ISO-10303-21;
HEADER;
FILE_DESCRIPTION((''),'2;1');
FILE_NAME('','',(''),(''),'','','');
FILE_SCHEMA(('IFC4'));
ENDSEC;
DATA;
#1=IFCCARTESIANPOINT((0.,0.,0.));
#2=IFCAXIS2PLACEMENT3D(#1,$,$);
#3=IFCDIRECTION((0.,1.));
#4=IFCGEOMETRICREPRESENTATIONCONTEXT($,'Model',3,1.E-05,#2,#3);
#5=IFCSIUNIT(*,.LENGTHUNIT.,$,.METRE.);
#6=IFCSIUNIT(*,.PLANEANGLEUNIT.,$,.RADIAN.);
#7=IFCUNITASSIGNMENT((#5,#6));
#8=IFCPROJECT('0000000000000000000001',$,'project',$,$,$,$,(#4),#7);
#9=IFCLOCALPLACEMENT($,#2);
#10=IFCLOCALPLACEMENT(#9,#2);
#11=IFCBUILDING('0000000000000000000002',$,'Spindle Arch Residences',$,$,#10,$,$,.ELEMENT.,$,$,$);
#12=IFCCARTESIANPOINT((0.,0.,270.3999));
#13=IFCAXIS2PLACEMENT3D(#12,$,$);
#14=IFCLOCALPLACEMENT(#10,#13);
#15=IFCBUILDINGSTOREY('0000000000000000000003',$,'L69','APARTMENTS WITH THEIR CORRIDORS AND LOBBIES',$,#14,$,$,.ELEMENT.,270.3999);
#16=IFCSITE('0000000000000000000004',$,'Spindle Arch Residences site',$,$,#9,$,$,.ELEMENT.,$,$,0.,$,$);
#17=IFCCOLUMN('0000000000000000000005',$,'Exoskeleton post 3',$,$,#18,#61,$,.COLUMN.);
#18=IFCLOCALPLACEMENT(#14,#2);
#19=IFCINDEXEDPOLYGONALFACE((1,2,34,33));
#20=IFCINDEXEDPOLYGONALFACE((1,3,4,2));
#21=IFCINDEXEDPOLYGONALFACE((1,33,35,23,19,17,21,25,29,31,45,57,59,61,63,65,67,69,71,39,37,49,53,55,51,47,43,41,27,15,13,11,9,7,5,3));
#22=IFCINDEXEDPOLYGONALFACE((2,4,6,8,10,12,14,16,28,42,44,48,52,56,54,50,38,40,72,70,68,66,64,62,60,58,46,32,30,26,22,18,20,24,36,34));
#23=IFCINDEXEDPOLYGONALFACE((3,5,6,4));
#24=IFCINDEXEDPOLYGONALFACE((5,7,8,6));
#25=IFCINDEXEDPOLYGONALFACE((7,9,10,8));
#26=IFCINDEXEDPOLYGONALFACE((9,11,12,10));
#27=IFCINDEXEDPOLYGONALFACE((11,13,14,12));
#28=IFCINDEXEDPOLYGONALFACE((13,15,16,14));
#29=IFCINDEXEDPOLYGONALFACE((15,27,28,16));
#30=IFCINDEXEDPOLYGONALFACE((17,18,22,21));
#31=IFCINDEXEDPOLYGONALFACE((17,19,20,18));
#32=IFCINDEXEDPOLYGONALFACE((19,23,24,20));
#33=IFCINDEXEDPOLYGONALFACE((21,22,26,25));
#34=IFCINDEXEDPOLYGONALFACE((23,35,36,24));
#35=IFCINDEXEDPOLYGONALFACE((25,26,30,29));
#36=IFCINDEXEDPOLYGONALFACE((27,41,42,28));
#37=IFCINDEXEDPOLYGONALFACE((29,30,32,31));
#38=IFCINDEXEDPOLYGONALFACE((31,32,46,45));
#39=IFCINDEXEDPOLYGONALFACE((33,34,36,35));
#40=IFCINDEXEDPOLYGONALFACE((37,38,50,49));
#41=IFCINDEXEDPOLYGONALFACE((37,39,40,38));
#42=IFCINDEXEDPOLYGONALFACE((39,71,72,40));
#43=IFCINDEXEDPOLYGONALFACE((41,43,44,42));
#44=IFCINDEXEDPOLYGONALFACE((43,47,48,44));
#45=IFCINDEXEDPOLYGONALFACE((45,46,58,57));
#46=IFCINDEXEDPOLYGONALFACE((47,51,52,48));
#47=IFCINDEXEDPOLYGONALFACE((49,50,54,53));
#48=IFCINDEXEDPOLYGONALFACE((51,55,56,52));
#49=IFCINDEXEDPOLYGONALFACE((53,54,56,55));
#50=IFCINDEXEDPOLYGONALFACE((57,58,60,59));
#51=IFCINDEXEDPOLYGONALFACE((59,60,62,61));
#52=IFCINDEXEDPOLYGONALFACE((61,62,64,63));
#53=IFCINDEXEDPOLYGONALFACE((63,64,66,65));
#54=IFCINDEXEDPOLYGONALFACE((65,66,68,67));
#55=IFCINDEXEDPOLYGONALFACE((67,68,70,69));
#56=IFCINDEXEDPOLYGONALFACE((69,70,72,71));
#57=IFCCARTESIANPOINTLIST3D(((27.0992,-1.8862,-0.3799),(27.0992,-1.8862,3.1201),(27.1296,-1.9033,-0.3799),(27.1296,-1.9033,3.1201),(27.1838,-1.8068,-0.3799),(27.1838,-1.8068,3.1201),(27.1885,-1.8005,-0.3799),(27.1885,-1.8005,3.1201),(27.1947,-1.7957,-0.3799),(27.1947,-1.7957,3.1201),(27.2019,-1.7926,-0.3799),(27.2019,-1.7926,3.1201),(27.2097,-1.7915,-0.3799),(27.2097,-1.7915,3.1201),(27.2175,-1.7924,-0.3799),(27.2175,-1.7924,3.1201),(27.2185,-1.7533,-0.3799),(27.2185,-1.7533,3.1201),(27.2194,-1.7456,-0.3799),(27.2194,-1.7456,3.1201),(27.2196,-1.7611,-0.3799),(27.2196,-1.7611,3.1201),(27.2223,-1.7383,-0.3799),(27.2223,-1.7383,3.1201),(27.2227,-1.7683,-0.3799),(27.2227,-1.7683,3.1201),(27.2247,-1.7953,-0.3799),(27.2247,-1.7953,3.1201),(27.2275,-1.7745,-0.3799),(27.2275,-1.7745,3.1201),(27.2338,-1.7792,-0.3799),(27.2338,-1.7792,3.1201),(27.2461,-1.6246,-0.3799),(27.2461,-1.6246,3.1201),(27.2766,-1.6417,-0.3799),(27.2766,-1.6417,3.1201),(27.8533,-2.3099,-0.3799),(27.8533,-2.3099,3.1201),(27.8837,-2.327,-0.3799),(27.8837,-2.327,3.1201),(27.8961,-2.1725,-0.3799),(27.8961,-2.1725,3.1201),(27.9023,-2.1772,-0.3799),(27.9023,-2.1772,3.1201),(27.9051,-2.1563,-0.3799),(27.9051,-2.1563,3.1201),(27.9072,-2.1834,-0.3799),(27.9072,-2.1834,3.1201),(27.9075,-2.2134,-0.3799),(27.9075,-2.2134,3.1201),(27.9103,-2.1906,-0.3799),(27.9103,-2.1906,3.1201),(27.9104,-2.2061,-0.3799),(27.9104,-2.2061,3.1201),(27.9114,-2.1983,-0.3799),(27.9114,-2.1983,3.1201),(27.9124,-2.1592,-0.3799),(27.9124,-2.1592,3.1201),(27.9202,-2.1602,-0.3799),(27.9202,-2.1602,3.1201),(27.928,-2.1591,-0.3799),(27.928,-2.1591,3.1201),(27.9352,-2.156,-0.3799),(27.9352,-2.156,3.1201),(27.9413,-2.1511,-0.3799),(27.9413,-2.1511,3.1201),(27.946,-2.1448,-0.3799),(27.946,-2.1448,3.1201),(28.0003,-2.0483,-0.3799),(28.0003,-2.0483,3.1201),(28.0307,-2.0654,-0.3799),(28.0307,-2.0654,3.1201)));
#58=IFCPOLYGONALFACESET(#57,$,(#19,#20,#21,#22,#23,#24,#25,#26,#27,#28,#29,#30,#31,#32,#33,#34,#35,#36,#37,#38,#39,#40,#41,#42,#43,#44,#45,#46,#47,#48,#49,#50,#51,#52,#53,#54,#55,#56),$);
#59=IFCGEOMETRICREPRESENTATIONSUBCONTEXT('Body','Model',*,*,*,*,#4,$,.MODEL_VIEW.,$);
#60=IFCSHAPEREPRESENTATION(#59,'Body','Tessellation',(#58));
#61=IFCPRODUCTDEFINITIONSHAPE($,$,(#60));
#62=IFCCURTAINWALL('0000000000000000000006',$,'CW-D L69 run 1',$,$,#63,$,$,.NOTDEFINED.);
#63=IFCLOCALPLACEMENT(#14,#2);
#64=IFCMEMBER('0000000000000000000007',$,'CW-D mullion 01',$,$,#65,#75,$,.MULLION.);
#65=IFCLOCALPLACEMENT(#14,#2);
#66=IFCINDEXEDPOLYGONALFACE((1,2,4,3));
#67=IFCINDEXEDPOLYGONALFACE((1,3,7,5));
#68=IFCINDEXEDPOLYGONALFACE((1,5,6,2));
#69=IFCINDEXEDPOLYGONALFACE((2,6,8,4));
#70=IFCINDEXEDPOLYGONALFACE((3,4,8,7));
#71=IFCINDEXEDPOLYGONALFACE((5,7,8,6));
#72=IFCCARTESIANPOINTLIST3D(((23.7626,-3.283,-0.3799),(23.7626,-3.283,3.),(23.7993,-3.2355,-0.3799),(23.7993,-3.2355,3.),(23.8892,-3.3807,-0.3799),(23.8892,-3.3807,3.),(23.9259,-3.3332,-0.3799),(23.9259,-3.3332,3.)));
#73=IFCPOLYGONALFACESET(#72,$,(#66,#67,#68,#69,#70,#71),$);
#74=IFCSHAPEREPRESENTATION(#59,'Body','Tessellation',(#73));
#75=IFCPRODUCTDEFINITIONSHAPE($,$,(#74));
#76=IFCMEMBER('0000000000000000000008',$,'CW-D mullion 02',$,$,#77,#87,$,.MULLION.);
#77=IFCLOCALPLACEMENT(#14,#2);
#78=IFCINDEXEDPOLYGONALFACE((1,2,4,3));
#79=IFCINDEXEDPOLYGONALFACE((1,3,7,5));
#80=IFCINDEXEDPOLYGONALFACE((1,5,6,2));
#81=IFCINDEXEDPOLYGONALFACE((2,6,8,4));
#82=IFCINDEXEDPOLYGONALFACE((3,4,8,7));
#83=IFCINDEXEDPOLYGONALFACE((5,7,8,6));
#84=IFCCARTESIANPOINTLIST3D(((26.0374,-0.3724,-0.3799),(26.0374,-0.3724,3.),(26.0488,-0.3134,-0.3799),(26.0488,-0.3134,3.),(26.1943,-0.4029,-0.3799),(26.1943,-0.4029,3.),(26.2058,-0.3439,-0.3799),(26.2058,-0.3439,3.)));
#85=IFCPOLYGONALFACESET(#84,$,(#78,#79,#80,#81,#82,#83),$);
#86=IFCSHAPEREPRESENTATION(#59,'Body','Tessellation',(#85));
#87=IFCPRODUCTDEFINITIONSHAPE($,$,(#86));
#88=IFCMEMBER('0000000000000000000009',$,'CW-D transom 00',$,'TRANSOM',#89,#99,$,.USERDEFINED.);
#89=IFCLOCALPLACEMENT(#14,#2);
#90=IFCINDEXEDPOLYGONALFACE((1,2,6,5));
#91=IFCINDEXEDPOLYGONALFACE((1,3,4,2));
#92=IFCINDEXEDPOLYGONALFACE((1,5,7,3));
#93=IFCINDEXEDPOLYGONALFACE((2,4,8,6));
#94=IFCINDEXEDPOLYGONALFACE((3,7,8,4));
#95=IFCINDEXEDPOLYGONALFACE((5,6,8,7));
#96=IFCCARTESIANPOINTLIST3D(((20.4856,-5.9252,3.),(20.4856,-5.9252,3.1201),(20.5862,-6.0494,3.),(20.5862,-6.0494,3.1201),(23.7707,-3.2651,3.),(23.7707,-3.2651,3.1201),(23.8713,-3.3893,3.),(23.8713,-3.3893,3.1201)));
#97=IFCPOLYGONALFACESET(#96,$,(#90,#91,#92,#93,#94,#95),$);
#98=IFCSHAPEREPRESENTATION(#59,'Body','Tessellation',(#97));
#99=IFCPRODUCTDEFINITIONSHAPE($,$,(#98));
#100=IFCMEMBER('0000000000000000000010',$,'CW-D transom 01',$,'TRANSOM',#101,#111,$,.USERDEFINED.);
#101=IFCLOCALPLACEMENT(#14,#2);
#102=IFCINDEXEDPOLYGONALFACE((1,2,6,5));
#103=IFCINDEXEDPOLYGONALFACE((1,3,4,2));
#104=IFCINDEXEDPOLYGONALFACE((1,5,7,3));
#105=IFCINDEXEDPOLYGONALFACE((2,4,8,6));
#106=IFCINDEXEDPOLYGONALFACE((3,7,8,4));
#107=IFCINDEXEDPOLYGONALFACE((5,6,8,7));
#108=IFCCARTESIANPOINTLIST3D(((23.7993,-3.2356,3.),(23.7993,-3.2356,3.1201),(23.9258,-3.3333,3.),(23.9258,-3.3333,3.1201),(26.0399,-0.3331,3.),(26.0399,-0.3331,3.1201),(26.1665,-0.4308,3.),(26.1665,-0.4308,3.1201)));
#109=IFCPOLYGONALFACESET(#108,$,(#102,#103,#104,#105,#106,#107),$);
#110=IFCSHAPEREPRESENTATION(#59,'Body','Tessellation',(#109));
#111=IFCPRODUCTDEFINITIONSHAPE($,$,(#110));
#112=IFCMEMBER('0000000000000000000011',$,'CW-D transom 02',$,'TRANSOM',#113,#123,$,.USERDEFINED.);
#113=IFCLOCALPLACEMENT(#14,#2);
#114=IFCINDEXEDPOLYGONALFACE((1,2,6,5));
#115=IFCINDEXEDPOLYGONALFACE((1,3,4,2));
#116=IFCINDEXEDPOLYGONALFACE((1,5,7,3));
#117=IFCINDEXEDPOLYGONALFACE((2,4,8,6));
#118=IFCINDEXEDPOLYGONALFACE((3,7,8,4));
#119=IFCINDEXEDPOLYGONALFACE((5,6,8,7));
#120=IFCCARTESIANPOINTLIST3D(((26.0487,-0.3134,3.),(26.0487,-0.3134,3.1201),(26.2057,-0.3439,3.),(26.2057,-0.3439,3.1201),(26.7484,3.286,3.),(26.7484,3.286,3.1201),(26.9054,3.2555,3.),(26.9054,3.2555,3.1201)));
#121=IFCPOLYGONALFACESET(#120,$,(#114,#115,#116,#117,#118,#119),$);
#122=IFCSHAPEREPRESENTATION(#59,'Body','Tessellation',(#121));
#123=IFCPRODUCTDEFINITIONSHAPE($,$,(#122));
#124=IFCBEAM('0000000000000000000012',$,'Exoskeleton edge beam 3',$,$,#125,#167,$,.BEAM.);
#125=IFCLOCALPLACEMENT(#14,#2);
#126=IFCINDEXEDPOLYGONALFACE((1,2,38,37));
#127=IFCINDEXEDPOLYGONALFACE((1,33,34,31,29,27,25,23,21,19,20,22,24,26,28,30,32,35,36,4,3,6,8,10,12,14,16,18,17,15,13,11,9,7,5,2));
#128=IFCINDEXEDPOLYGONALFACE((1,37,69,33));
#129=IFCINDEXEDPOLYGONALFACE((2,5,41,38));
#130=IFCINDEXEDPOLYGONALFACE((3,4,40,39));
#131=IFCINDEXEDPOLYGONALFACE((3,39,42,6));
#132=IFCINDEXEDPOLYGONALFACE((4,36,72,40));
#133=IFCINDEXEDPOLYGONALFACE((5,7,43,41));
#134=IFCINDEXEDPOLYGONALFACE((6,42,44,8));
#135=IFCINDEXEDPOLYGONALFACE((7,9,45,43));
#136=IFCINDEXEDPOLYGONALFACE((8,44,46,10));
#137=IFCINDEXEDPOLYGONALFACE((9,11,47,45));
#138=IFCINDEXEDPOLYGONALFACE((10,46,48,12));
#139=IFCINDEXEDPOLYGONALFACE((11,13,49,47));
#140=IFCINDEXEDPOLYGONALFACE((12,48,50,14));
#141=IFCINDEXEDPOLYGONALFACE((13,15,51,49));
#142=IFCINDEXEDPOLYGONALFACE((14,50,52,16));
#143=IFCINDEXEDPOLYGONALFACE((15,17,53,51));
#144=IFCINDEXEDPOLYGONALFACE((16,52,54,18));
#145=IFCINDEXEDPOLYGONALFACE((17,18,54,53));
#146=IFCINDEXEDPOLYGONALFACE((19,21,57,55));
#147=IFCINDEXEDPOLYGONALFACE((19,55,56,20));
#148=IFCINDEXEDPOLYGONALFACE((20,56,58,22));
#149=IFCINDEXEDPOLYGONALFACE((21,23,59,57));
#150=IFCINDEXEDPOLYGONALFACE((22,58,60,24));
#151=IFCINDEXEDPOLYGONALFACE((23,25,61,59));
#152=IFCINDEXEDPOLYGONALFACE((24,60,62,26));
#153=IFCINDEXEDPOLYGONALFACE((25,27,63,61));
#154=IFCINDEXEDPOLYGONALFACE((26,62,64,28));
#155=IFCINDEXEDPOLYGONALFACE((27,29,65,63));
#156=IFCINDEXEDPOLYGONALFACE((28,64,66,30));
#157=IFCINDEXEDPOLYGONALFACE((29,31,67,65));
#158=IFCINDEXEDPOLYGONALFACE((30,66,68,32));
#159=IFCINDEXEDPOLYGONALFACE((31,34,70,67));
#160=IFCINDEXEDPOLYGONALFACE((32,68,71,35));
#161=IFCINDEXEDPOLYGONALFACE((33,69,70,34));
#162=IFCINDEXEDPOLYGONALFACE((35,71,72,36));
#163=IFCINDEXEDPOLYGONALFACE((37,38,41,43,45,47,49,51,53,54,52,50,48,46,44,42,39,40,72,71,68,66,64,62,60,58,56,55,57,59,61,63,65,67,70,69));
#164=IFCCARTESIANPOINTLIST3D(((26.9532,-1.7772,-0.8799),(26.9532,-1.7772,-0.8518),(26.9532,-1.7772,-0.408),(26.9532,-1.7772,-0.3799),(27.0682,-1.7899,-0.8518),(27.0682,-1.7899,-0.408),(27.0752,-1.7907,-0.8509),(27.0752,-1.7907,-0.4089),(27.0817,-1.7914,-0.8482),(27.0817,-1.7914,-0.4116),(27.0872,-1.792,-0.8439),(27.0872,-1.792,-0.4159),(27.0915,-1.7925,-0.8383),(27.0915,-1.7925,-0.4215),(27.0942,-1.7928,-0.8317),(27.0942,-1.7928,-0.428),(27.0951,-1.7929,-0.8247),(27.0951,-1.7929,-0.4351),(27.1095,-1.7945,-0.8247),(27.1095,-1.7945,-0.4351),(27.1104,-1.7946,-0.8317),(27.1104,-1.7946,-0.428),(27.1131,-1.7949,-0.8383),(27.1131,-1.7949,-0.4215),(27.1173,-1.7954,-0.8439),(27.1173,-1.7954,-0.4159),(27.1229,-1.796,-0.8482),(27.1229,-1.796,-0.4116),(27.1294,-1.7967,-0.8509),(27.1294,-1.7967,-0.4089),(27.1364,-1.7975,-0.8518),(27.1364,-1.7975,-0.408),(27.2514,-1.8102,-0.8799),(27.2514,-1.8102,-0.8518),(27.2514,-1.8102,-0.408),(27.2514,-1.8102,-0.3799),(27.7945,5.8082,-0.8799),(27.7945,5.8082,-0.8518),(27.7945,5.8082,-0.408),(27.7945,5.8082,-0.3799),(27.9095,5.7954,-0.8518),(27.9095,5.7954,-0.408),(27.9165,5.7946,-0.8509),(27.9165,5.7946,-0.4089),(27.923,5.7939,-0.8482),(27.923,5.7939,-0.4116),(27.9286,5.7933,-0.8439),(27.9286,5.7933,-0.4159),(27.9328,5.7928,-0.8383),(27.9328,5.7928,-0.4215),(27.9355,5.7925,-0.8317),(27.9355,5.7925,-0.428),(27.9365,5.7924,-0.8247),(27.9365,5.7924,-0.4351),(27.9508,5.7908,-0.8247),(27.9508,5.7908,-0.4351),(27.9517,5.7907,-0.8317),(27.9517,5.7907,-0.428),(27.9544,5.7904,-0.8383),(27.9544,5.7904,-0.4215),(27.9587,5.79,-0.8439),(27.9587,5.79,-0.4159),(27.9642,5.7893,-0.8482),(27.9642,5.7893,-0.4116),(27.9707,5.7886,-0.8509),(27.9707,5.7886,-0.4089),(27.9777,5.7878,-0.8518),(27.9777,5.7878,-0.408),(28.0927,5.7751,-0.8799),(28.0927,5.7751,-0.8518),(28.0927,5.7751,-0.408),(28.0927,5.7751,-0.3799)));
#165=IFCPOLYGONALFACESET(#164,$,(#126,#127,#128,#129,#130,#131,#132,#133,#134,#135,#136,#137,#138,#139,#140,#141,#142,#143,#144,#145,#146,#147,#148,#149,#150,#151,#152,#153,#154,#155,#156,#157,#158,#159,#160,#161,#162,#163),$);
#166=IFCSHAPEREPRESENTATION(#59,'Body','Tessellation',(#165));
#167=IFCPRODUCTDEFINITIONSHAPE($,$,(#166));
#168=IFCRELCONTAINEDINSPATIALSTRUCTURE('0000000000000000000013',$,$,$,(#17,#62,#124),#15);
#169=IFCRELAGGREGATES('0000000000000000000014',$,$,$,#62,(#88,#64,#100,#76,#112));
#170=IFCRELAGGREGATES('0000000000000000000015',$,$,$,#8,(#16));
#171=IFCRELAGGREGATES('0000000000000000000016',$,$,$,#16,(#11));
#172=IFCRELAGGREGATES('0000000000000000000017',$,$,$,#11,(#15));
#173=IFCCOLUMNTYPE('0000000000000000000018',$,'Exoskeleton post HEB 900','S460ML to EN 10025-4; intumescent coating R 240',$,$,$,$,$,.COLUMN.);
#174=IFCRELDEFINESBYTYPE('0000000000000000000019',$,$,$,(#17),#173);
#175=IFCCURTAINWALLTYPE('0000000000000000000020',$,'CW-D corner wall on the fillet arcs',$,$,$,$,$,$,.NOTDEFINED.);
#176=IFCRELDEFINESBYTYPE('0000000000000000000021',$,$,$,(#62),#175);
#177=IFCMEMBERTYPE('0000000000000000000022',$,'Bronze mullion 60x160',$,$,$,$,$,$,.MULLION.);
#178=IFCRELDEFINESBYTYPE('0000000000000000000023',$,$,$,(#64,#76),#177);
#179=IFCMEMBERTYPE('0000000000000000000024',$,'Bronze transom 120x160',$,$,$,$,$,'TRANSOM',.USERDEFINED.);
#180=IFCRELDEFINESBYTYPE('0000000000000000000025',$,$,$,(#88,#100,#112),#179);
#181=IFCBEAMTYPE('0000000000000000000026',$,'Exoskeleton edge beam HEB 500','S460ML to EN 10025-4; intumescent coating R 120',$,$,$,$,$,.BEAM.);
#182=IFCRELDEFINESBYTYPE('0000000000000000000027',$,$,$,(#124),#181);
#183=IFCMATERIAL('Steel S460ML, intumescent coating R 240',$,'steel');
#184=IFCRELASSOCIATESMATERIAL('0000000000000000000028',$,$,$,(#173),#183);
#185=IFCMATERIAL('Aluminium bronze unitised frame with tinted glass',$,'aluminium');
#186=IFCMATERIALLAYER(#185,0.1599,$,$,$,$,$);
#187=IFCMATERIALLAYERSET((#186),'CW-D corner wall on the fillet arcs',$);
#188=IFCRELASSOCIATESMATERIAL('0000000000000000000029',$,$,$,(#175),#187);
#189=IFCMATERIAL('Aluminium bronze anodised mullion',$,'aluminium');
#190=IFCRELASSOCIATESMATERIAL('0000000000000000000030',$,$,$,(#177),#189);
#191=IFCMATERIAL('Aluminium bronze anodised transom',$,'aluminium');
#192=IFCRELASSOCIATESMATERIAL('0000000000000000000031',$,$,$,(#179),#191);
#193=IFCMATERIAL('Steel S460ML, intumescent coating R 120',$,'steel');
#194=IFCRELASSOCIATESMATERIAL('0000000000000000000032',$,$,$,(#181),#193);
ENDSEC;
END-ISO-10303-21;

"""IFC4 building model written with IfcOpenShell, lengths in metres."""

from ifc_helpers import new_model, si_unit, direction, frame, origin, origin_2d, place, context, subcontext, project, spatial, rectangle, i_section, extrude, material, layer, layer_set, material_profile, profile_set, type_object, element, aggregate, save


model = new_model("IFC4")

# Units and contexts
model_context = context("Model", 3, precision=1e-05, world=origin(), true_north=direction((0.0, 1.0)))
body_context = subcontext(model_context, "Body", "Model", "MODEL_VIEW")
ifc_project = project(units=[si_unit("LENGTHUNIT", "METRE"), si_unit("PLANEANGLEUNIT", "RADIAN")], contexts=[model_context])

# Site, building, storey
site_placement = place(None, origin())
site = spatial("IfcSite", under=ifc_project, at=site_placement, Name="Spindle Arch Residences site", CompositionType="ELEMENT", RefElevation=0.0)
building_placement = place(site_placement, origin())
building = spatial("IfcBuilding", under=site, at=building_placement, Name="Spindle Arch Residences", CompositionType="ELEMENT")
storey_placement = place(building_placement, frame((0.0, 0.0, 270.3999)))
storey = spatial("IfcBuildingStorey", under=building, at=storey_placement, Name="L69", Description="APARTMENTS WITH THEIR CORRIDORS AND LOBBIES", CompositionType="ELEMENT", Elevation=270.3999)

# Column
ifc_material_1 = material(Name="Steel S460ML, intumescent coating R 240", Category="steel")
ifc_material_profile_1 = material_profile(ifc_material_1, i_section(OverallWidth=0.3, OverallDepth=0.8999, WebThickness=0.0186, FlangeThickness=0.0349, FilletRadius=0.03, at=origin_2d()), Name="HEB 900")
ifc_profile_set_1 = profile_set([ifc_material_profile_1], Name="Steel S460ML, intumescent coating R 240")
column_type = type_object("IfcColumnType", Name="Exoskeleton post HEB 900", Description="S460ML to EN 10025-4; intumescent coating R 240", PredefinedType="COLUMN", material=ifc_profile_set_1)
column_placement = place(storey_placement, frame((27.5649, -1.9758, -0.3799), z_axis=(0.0, 0.0, 1.0), x_axis=(-0.489802, -0.871834, 0.0)))
element("IfcColumn", 1, at=column_placement, inside=storey, type_object=column_type, Name="Exoskeleton post 3", PredefinedType="COLUMN", context=body_context, shape_type="SweptSolid", body=[
    extrude(i_section(OverallWidth=0.3, OverallDepth=0.8999, WebThickness=0.0186, FlangeThickness=0.0349, FilletRadius=0.03, at=origin_2d()), origin(), (0.0, 0.0, 1.0), 3.5),
])

# Curtain wall, members
ifc_material_2 = material(Name="Aluminium bronze unitised frame with tinted glass", Category="aluminium")
ifc_layer_1 = layer(ifc_material_2, 0.1599)
ifc_layer_set_1 = layer_set([ifc_layer_1], Name="CW-D corner wall on the fillet arcs")
curtain_wall_type = type_object("IfcCurtainWallType", Name="CW-D corner wall on the fillet arcs", PredefinedType="NOTDEFINED", material=ifc_layer_set_1)
curtain_wall_placement = place(storey_placement, origin())
curtain_wall = element("IfcCurtainWall", 2, at=curtain_wall_placement, inside=storey, type_object=curtain_wall_type, Name="CW-D L69 run 1", PredefinedType="NOTDEFINED")
ifc_material_3 = material(Name="Aluminium bronze anodised mullion", Category="aluminium")
ifc_material_profile_2 = material_profile(ifc_material_3, rectangle(XDim=0.1599, YDim=0.0601, at=origin_2d()), Name="MU 60x160")
ifc_profile_set_2 = profile_set([ifc_material_profile_2], Name="Aluminium bronze anodised mullion")
member_type_1 = type_object("IfcMemberType", Name="Bronze mullion 60x160", PredefinedType="MULLION", material=ifc_profile_set_2)
member_1_placement = place(storey_placement, frame((23.8442, -3.3081, -0.3799), z_axis=(0.0, 0.0, 1.0), x_axis=(-0.791579, 0.611067, 0.0)))
member_1 = element("IfcMember", 3, at=member_1_placement, type_object=member_type_1, Name="CW-D mullion 01", PredefinedType="MULLION", context=body_context, shape_type="SweptSolid", body=[
    extrude(rectangle(XDim=0.1599, YDim=0.0601, at=origin_2d()), origin(), (0.0, 0.0, 1.0), 3.3799),
])
member_2_placement = place(storey_placement, frame((26.1216, -0.3582, -0.3799), z_axis=(0.0, 0.0, 1.0), x_axis=(-0.981627, 0.190809, 0.0)))
member_2 = element("IfcMember", 4, at=member_2_placement, type_object=member_type_1, Name="CW-D mullion 02", PredefinedType="MULLION", context=body_context, shape_type="SweptSolid", body=[
    extrude(rectangle(XDim=0.1599, YDim=0.0601, at=origin_2d()), origin(), (0.0, 0.0, 1.0), 3.3799),
])
ifc_material_4 = material(Name="Aluminium bronze anodised transom", Category="aluminium")
ifc_material_profile_3 = material_profile(ifc_material_4, rectangle(XDim=0.1599, YDim=0.1201, at=origin_2d()), Name="TR 120x160")
ifc_profile_set_3 = profile_set([ifc_material_profile_3], Name="Aluminium bronze anodised transom")
member_type_2 = type_object("IfcMemberType", Name="Bronze transom 120x160", ElementType="TRANSOM", PredefinedType="USERDEFINED", material=ifc_profile_set_3)
member_3_placement = place(storey_placement, frame((20.5359, -5.9873, 3.0601), z_axis=(0.777159, 0.629305, 0.0), x_axis=(-0.629305, 0.777159, 0.0)))
member_3 = element("IfcMember", 5, at=member_3_placement, type_object=member_type_2, Name="CW-D transom 00", ObjectType="TRANSOM", PredefinedType="USERDEFINED", context=body_context, shape_type="SweptSolid", body=[
    extrude(rectangle(XDim=0.1599, YDim=0.1201, at=origin_2d()), origin(), (0.0, 0.0, 1.0), 4.2271),
])
member_4_placement = place(storey_placement, frame((23.8625, -3.2844, 3.0601), z_axis=(0.611074, 0.791573, 0.0), x_axis=(-0.791573, 0.611074, 0.0)))
member_4 = element("IfcMember", 6, at=member_4_placement, type_object=member_type_2, Name="CW-D transom 01", ObjectType="TRANSOM", PredefinedType="USERDEFINED", context=body_context, shape_type="SweptSolid", body=[
    extrude(rectangle(XDim=0.1599, YDim=0.1201, at=origin_2d()), origin(), (0.0, 0.0, 1.0), 3.6667),
])
member_5_placement = place(storey_placement, frame((26.1272, -0.3286, 3.0601), z_axis=(0.190825, 0.981624, 0.0), x_axis=(-0.981624, 0.190825, 0.0)))
member_5 = element("IfcMember", 7, at=member_5_placement, type_object=member_type_2, Name="CW-D transom 02", ObjectType="TRANSOM", PredefinedType="USERDEFINED", context=body_context, shape_type="SweptSolid", body=[
    extrude(rectangle(XDim=0.1599, YDim=0.1201, at=origin_2d()), origin(), (0.0, 0.0, 1.0), 3.6667),
])

# Beam
ifc_material_5 = material(Name="Steel S460ML, intumescent coating R 120", Category="steel")
ifc_material_profile_4 = material_profile(ifc_material_5, i_section(OverallWidth=0.3, OverallDepth=0.5, WebThickness=0.0144, FlangeThickness=0.0281, FilletRadius=0.0271, at=origin_2d()), Name="HEB 500")
ifc_profile_set_4 = profile_set([ifc_material_profile_4], Name="Steel S460ML, intumescent coating R 120")
beam_type_1 = type_object("IfcBeamType", Name="Exoskeleton edge beam HEB 500", Description="S460ML to EN 10025-4; intumescent coating R 120", PredefinedType="BEAM", material=ifc_profile_set_4)
beam_1_placement = place(storey_placement, frame((27.1023, -1.7937, -0.6299), z_axis=(0.110238, 0.993905, 0.0), x_axis=(-0.993905, 0.110238, 0.0)))
element("IfcBeam", 8, at=beam_1_placement, inside=storey, type_object=beam_type_1, Name="Exoskeleton edge beam 3", PredefinedType="BEAM", context=body_context, shape_type="SweptSolid", body=[
    extrude(i_section(OverallWidth=0.3, OverallDepth=0.5, WebThickness=0.0144, FlangeThickness=0.0281, FilletRadius=0.0271, at=origin_2d()), origin(), (0.0, 0.0, 1.0), 7.6318),
])

aggregate(curtain_wall, [member_3, member_1, member_4, member_2, member_5])

save(model, "model.ifc")
